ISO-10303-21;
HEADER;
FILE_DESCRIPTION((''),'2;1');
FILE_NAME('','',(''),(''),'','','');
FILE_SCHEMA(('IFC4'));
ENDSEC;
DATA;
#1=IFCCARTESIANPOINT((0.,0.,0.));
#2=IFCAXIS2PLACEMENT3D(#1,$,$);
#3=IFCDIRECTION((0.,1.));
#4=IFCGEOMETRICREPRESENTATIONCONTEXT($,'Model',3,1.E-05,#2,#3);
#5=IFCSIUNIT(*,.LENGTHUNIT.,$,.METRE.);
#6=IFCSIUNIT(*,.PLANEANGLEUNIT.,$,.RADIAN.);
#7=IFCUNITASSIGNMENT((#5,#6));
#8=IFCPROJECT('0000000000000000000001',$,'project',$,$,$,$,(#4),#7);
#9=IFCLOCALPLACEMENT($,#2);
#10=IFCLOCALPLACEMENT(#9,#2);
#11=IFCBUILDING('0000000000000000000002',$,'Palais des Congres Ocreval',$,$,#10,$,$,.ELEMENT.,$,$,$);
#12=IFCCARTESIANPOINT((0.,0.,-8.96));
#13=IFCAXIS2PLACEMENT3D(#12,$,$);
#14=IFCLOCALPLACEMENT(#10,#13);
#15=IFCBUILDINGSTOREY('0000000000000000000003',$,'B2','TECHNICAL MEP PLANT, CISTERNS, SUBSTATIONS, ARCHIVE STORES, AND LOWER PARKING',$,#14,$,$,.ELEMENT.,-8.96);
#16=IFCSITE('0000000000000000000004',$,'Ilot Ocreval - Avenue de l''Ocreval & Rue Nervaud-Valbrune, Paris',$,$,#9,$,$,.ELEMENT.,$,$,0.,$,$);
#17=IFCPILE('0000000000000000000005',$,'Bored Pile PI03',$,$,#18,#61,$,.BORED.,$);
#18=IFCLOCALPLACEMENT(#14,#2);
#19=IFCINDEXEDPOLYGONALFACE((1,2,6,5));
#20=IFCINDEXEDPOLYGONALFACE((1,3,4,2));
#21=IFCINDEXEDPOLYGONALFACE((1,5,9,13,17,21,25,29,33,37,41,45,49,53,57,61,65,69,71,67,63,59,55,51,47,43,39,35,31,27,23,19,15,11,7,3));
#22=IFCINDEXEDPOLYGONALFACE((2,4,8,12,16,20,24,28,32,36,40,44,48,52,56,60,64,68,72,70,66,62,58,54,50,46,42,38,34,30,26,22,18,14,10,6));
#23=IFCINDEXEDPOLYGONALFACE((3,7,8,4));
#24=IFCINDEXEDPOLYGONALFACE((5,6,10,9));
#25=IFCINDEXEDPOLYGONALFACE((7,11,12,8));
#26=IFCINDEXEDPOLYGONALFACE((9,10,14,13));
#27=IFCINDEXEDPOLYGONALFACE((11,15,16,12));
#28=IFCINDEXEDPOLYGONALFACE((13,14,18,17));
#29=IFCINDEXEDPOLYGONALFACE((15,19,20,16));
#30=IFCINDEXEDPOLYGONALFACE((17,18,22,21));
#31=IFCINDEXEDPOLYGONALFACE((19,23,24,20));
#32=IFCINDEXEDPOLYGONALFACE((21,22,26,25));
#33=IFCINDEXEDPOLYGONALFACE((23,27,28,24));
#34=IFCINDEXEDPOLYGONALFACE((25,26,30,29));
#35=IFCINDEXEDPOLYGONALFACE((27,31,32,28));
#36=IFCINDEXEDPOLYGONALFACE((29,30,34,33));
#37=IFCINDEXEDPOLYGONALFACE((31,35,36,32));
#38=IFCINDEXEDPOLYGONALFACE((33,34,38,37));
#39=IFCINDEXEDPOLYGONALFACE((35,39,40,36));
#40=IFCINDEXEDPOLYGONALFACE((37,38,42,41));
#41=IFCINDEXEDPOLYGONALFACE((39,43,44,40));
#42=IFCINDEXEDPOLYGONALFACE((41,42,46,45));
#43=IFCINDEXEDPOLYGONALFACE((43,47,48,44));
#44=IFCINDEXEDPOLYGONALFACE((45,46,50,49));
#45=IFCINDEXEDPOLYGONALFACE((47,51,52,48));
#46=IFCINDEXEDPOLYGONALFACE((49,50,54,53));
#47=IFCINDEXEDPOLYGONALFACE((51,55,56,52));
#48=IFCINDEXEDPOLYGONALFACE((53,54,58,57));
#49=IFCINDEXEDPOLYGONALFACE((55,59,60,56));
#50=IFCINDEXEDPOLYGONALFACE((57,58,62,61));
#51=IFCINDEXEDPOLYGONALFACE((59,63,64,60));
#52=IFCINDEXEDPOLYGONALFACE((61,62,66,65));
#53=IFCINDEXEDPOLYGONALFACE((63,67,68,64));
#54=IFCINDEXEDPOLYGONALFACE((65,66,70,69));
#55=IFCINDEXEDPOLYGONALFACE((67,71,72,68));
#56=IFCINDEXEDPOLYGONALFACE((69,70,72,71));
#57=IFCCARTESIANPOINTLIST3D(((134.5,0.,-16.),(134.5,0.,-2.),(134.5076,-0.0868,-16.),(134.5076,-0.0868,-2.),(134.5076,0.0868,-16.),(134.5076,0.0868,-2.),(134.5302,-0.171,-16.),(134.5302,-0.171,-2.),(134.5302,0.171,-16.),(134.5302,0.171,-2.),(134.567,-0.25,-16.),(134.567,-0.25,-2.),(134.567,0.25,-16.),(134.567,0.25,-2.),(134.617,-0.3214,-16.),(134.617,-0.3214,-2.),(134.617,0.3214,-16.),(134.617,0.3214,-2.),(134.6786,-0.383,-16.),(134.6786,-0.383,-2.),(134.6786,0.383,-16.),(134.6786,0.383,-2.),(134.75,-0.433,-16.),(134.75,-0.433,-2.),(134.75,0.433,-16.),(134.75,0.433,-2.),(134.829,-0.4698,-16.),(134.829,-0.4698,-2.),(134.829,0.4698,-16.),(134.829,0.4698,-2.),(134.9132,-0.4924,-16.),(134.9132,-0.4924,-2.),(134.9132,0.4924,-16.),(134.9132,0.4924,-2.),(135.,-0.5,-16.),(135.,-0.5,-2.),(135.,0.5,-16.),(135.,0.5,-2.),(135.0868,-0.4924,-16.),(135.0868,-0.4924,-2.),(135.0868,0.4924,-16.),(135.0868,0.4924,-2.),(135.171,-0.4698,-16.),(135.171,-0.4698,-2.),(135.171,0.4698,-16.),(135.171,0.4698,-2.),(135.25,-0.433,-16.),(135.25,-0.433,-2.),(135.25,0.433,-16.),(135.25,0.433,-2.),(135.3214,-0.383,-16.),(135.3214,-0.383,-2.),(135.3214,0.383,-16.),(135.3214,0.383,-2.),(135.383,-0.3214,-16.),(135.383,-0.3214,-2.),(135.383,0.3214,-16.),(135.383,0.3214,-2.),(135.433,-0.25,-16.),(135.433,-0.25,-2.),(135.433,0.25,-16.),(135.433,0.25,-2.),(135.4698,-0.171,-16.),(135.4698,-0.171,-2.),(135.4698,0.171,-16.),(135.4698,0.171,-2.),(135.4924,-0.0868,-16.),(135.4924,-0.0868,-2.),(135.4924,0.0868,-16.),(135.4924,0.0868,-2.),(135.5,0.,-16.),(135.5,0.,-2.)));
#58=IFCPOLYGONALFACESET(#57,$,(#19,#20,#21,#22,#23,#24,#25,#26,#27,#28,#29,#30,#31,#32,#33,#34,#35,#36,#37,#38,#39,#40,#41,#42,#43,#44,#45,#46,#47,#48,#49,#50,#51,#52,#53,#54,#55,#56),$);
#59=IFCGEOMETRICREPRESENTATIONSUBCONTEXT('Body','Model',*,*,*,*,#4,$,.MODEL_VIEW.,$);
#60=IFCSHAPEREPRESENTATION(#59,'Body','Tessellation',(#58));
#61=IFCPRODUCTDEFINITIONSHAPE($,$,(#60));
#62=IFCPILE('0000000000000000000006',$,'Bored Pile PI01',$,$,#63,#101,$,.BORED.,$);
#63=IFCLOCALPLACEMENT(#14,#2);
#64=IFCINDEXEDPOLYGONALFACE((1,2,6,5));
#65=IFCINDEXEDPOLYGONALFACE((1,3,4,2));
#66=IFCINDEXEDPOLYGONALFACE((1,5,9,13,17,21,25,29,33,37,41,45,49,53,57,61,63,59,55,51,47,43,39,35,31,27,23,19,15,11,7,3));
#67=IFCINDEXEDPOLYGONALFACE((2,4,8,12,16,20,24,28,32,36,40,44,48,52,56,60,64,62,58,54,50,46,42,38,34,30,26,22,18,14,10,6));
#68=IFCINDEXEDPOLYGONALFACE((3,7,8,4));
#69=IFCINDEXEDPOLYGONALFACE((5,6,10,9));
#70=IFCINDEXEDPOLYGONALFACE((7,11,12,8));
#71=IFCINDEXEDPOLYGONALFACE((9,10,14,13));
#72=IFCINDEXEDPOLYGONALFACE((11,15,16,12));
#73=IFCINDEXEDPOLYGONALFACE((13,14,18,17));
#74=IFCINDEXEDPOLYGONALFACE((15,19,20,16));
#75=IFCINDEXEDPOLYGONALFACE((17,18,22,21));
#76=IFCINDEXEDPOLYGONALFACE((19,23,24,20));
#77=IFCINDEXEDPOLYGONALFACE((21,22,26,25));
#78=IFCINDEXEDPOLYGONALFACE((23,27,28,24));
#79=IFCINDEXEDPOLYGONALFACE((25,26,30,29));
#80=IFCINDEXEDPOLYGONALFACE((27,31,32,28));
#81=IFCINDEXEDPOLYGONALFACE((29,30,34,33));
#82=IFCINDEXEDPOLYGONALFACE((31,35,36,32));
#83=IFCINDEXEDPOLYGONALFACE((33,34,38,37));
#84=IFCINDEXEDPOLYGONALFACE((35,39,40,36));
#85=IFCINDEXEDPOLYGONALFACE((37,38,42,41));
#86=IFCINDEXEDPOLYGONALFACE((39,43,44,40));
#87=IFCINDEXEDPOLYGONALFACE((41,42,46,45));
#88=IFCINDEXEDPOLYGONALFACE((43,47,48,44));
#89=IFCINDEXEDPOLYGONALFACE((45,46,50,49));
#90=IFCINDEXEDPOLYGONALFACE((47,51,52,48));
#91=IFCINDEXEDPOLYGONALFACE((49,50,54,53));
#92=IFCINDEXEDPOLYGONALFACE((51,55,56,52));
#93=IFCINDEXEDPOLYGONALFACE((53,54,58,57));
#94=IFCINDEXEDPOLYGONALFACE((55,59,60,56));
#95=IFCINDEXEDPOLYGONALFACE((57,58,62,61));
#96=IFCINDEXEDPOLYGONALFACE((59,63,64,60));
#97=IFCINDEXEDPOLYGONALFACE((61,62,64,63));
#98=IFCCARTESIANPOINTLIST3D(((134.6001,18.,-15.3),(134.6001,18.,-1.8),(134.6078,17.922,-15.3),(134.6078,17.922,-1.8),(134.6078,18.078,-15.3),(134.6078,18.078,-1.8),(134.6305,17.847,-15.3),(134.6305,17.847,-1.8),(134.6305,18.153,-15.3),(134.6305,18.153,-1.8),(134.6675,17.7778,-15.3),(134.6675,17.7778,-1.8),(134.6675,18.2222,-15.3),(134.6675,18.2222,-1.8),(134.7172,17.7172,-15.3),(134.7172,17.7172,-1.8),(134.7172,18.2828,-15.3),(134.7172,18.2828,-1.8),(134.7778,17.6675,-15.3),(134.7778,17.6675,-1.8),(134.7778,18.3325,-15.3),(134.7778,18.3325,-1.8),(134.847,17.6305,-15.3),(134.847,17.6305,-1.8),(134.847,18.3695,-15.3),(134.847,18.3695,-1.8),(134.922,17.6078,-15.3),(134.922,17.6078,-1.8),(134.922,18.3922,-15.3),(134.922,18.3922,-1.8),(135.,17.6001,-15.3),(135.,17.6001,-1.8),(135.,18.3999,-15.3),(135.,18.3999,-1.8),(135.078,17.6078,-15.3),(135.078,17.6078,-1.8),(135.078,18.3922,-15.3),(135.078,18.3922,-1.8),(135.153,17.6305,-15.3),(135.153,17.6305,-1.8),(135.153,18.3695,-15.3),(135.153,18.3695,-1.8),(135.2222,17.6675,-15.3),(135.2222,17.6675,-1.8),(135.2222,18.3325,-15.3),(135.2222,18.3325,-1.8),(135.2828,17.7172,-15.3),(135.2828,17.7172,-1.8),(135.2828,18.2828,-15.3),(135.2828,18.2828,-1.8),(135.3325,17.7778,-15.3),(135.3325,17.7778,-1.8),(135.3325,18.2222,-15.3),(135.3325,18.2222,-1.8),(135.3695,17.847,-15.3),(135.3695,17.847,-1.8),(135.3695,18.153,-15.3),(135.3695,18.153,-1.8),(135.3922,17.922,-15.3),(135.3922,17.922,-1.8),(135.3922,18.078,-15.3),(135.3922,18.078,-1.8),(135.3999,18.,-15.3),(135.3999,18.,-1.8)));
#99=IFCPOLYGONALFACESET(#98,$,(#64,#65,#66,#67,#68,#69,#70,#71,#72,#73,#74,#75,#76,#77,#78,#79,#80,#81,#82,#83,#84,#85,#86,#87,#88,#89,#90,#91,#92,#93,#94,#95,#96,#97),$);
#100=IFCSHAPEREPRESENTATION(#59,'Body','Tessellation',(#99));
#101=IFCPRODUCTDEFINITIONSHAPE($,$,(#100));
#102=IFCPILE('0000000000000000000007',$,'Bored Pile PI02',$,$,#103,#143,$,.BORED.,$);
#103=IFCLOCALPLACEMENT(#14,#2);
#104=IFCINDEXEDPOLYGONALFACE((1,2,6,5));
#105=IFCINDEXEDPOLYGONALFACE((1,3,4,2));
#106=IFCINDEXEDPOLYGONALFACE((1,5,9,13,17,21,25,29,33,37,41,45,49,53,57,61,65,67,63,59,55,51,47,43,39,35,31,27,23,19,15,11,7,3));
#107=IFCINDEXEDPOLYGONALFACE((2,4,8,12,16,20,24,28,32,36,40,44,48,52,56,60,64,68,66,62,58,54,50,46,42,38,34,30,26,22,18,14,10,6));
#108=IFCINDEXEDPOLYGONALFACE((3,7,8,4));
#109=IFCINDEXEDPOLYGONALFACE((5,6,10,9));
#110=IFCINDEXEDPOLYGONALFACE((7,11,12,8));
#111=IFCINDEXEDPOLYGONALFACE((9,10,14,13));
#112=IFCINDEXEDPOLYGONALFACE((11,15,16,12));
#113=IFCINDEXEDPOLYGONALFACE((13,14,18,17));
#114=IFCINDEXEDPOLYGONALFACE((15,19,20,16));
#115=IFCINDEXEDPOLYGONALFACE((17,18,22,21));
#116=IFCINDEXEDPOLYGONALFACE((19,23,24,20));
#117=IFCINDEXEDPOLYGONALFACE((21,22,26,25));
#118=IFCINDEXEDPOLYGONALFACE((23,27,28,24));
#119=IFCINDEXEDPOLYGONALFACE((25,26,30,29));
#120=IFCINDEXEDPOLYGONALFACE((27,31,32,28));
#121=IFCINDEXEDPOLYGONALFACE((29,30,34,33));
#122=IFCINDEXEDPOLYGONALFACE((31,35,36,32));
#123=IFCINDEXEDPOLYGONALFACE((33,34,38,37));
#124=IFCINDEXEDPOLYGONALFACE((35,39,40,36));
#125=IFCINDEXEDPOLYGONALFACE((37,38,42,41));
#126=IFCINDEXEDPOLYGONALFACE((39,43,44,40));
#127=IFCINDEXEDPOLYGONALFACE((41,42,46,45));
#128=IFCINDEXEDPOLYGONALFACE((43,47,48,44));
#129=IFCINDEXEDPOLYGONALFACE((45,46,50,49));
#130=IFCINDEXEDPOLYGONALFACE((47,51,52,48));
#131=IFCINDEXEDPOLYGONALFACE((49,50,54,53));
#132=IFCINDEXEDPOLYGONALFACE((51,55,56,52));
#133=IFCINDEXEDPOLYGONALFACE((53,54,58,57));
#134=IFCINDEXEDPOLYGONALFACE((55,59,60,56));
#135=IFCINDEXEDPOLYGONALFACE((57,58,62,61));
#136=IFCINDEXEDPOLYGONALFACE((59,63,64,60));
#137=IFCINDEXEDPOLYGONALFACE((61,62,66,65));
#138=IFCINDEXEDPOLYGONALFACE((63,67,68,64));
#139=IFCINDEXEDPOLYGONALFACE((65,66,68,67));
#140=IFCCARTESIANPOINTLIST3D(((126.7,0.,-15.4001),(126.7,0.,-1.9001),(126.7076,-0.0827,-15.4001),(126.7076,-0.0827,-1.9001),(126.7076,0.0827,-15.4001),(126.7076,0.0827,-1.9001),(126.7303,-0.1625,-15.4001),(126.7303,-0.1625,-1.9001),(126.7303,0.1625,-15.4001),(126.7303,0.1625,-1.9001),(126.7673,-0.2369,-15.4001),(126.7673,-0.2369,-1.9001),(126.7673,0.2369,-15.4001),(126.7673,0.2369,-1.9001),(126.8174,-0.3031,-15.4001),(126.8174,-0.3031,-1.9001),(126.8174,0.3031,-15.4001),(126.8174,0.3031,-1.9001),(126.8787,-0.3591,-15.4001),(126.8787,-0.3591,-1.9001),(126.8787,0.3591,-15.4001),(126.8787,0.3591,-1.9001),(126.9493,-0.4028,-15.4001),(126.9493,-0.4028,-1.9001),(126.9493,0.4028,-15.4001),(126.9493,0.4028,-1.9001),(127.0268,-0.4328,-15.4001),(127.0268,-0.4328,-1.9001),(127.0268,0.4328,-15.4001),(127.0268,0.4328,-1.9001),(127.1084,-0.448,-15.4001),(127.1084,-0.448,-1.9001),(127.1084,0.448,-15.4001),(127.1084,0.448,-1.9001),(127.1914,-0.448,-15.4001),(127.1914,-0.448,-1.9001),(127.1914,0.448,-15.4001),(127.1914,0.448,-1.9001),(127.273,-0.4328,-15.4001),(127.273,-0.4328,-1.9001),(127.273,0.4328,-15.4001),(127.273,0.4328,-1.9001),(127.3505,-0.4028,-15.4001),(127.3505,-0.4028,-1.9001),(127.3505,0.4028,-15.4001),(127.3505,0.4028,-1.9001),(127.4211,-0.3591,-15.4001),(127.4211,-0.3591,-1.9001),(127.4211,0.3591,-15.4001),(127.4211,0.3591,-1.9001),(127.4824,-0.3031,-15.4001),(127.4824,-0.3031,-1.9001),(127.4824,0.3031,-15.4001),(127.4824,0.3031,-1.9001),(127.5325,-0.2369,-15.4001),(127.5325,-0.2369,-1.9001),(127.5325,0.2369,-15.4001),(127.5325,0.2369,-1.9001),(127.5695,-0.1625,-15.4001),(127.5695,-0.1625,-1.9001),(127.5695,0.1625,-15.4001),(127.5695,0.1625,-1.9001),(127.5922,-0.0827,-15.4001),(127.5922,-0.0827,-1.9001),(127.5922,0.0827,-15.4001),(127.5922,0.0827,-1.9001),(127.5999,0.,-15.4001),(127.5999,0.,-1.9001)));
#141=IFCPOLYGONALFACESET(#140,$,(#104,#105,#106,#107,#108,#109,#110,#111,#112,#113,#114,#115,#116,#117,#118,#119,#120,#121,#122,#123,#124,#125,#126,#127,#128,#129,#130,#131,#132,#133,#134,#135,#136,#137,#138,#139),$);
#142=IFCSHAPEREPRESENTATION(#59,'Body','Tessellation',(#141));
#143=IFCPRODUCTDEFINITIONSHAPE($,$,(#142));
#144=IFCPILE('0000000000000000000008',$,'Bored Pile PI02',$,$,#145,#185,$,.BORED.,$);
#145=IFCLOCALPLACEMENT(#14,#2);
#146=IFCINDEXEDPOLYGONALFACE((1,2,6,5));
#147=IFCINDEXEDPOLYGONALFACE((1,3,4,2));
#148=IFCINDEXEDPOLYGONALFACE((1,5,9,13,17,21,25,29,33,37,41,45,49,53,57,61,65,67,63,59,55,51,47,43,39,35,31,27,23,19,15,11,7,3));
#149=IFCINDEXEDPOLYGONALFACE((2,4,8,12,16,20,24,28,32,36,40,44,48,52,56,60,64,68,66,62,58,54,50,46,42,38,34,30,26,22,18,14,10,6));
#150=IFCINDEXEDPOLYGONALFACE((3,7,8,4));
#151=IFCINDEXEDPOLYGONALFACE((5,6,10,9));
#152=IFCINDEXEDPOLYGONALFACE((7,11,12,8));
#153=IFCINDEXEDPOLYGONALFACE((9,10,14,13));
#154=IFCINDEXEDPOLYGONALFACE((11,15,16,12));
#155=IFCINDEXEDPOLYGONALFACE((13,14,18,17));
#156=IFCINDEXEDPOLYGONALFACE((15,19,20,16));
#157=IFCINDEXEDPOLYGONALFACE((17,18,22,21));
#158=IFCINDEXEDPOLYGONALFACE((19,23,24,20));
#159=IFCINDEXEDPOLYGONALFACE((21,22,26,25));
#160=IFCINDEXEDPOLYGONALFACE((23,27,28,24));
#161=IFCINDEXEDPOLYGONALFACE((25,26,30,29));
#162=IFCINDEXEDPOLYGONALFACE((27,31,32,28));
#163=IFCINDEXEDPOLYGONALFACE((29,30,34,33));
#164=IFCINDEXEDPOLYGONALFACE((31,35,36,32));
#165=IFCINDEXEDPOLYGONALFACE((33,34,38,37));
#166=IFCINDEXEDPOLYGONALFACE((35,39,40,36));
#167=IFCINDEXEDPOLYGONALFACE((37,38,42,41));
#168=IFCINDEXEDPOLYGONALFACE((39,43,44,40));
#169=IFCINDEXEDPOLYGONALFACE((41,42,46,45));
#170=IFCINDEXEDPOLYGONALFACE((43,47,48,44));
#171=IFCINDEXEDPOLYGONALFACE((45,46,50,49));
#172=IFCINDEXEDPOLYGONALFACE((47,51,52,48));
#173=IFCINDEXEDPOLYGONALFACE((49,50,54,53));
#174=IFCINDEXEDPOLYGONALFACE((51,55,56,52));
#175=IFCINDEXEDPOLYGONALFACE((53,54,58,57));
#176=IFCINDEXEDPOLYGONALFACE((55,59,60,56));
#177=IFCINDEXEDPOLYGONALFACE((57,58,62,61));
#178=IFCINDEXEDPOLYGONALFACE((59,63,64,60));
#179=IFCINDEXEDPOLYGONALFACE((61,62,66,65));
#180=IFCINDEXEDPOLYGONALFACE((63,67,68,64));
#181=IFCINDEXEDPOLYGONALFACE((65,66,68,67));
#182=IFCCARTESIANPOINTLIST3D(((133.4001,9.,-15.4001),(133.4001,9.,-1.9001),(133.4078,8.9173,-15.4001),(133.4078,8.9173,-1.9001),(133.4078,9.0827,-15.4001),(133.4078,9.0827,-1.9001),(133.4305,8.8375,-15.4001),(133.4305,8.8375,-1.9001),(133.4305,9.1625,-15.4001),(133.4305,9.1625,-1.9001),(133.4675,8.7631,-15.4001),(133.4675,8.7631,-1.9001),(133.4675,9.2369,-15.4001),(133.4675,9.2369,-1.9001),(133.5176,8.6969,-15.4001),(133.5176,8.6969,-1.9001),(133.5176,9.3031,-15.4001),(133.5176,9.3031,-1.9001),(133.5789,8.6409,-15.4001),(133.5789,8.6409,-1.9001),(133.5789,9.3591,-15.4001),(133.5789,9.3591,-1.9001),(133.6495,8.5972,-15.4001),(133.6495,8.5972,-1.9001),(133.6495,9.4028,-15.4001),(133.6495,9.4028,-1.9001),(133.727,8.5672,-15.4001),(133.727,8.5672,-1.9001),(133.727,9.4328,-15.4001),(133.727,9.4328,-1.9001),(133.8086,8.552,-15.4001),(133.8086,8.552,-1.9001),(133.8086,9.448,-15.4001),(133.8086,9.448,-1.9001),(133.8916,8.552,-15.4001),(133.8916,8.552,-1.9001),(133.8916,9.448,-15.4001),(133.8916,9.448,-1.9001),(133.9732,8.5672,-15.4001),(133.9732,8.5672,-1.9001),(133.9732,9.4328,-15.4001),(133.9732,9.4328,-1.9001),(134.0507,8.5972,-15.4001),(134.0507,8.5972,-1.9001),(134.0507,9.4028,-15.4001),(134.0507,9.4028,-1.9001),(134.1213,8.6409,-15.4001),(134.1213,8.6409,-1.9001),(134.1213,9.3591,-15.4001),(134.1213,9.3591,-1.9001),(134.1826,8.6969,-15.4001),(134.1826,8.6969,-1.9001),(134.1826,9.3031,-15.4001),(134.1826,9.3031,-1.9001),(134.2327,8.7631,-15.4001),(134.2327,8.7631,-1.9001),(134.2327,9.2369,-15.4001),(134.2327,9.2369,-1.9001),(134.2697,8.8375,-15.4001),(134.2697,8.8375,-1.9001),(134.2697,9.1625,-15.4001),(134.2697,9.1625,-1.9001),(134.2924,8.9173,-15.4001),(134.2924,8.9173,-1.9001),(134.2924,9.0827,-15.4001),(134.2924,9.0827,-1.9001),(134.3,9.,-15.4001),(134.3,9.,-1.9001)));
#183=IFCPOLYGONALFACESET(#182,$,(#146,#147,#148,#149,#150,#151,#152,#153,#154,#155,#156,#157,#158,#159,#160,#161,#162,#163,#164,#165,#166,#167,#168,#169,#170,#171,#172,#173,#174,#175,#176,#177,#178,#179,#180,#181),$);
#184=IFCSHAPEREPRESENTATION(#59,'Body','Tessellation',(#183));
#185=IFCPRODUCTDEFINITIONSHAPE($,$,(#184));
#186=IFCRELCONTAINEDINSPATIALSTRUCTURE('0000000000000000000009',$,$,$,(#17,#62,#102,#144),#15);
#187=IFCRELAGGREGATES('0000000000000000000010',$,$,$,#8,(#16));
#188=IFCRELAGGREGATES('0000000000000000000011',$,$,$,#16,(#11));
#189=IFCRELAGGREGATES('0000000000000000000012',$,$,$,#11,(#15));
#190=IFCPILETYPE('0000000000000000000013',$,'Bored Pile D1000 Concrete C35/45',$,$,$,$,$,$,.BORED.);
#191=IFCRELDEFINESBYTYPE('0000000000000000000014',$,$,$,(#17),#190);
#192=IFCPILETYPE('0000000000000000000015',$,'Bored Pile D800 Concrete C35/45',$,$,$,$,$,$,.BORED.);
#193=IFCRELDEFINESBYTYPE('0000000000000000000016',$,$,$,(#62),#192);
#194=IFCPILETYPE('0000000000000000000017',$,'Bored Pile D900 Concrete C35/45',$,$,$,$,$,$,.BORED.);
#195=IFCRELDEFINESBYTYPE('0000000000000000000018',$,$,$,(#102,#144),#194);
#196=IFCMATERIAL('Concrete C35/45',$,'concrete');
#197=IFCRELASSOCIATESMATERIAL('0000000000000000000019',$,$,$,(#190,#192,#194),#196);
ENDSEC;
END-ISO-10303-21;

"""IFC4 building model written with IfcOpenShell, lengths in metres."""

from ifc_helpers import new_model, si_unit, direction, frame, origin, origin_2d, place, context, subcontext, project, spatial, circle, extrude, material, material_profile, profile_set, type_object, element, save


model = new_model("IFC4")

# Units and contexts
model_context = context("Model", 3, precision=1e-05, world=origin(), true_north=direction((0.0, 1.0)))
body_context = subcontext(model_context, "Body", "Model", "MODEL_VIEW")
ifc_project = project(units=[si_unit("LENGTHUNIT", "METRE"), si_unit("PLANEANGLEUNIT", "RADIAN")], contexts=[model_context])

# Site, building, storey
site_placement = place(None, origin())
site = spatial("IfcSite", under=ifc_project, at=site_placement, Name="Ilot Ocreval - Avenue de l'Ocreval & Rue Nervaud-Valbrune, Paris", CompositionType="ELEMENT", RefElevation=0.0)
building_placement = place(site_placement, origin())
building = spatial("IfcBuilding", under=site, at=building_placement, Name="Palais des Congres Ocreval", CompositionType="ELEMENT")
storey_placement = place(building_placement, frame((0.0, 0.0, -8.96)))
storey = spatial("IfcBuildingStorey", under=building, at=storey_placement, Name="B2", Description="TECHNICAL MEP PLANT, CISTERNS, SUBSTATIONS, ARCHIVE STORES, AND LOWER PARKING", CompositionType="ELEMENT", Elevation=-8.96)

# Piles
ifc_material_1 = material(Name="Concrete C35/45", Category="concrete")
ifc_material_profile_1 = material_profile(ifc_material_1, circle(Radius=0.5, at=origin_2d()), Name="BORED PILE 1000")
ifc_profile_set_1 = profile_set([ifc_material_profile_1], Name="Concrete C35/45")
pile_type_1 = type_object("IfcPileType", Name="Bored Pile D1000 Concrete C35/45", PredefinedType="BORED", material=ifc_profile_set_1)
pile_1_placement = place(storey_placement, frame((135.0, 0.0, -2.0), z_axis=(0.0, 0.0, -1.0), x_axis=(1.0, 0.0, 0.0)))
element("IfcPile", 1, at=pile_1_placement, inside=storey, type_object=pile_type_1, Name="Bored Pile PI03", PredefinedType="BORED", context=body_context, shape_type="SweptSolid", body=[
    extrude(circle(Radius=0.5, at=origin_2d()), origin(), (0.0, 0.0, 1.0), 14.0),
])
ifc_material_profile_2 = material_profile(ifc_material_1, circle(Radius=0.3999, at=origin_2d()), Name="BORED PILE 800")
ifc_profile_set_2 = profile_set([ifc_material_profile_2], Name="Concrete C35/45")
pile_type_2 = type_object("IfcPileType", Name="Bored Pile D800 Concrete C35/45", PredefinedType="BORED", material=ifc_profile_set_2)
pile_2_placement = place(storey_placement, frame((135.0, 18.0, -1.8), z_axis=(0.0, 0.0, -1.0), x_axis=(1.0, 0.0, 0.0)))
element("IfcPile", 2, at=pile_2_placement, inside=storey, type_object=pile_type_2, Name="Bored Pile PI01", PredefinedType="BORED", context=body_context, shape_type="SweptSolid", body=[
    extrude(circle(Radius=0.3999, at=origin_2d()), origin(), (0.0, 0.0, 1.0), 13.5),
])
ifc_material_profile_3 = material_profile(ifc_material_1, circle(Radius=0.45, at=origin_2d()), Name="BORED PILE 900")
ifc_profile_set_3 = profile_set([ifc_material_profile_3], Name="Concrete C35/45")
pile_type_3 = type_object("IfcPileType", Name="Bored Pile D900 Concrete C35/45", PredefinedType="BORED", material=ifc_profile_set_3)
for number, where, z_axis, x_axis, name in (
    (3, (127.1499, 0.0, -1.9001), (0.0, 0.0, -1.0), (1.0, 0.0, 0.0), "Bored Pile PI02"),
    (4, (133.8501, 9.0, -1.9001), (0.0, 0.0, -1.0), (1.0, 0.0, 0.0), "Bored Pile PI02"),
):
    element("IfcPile", number, at=place(storey_placement, frame(where, z_axis=z_axis, x_axis=x_axis)), inside=storey, type_object=pile_type_3, Name=name, PredefinedType="BORED", context=body_context, shape_type="SweptSolid", body=[
        extrude(circle(Radius=0.45, at=origin_2d()), origin(), (0.0, 0.0, 1.0), 13.5),
    ])

save(model, "model.ifc")
